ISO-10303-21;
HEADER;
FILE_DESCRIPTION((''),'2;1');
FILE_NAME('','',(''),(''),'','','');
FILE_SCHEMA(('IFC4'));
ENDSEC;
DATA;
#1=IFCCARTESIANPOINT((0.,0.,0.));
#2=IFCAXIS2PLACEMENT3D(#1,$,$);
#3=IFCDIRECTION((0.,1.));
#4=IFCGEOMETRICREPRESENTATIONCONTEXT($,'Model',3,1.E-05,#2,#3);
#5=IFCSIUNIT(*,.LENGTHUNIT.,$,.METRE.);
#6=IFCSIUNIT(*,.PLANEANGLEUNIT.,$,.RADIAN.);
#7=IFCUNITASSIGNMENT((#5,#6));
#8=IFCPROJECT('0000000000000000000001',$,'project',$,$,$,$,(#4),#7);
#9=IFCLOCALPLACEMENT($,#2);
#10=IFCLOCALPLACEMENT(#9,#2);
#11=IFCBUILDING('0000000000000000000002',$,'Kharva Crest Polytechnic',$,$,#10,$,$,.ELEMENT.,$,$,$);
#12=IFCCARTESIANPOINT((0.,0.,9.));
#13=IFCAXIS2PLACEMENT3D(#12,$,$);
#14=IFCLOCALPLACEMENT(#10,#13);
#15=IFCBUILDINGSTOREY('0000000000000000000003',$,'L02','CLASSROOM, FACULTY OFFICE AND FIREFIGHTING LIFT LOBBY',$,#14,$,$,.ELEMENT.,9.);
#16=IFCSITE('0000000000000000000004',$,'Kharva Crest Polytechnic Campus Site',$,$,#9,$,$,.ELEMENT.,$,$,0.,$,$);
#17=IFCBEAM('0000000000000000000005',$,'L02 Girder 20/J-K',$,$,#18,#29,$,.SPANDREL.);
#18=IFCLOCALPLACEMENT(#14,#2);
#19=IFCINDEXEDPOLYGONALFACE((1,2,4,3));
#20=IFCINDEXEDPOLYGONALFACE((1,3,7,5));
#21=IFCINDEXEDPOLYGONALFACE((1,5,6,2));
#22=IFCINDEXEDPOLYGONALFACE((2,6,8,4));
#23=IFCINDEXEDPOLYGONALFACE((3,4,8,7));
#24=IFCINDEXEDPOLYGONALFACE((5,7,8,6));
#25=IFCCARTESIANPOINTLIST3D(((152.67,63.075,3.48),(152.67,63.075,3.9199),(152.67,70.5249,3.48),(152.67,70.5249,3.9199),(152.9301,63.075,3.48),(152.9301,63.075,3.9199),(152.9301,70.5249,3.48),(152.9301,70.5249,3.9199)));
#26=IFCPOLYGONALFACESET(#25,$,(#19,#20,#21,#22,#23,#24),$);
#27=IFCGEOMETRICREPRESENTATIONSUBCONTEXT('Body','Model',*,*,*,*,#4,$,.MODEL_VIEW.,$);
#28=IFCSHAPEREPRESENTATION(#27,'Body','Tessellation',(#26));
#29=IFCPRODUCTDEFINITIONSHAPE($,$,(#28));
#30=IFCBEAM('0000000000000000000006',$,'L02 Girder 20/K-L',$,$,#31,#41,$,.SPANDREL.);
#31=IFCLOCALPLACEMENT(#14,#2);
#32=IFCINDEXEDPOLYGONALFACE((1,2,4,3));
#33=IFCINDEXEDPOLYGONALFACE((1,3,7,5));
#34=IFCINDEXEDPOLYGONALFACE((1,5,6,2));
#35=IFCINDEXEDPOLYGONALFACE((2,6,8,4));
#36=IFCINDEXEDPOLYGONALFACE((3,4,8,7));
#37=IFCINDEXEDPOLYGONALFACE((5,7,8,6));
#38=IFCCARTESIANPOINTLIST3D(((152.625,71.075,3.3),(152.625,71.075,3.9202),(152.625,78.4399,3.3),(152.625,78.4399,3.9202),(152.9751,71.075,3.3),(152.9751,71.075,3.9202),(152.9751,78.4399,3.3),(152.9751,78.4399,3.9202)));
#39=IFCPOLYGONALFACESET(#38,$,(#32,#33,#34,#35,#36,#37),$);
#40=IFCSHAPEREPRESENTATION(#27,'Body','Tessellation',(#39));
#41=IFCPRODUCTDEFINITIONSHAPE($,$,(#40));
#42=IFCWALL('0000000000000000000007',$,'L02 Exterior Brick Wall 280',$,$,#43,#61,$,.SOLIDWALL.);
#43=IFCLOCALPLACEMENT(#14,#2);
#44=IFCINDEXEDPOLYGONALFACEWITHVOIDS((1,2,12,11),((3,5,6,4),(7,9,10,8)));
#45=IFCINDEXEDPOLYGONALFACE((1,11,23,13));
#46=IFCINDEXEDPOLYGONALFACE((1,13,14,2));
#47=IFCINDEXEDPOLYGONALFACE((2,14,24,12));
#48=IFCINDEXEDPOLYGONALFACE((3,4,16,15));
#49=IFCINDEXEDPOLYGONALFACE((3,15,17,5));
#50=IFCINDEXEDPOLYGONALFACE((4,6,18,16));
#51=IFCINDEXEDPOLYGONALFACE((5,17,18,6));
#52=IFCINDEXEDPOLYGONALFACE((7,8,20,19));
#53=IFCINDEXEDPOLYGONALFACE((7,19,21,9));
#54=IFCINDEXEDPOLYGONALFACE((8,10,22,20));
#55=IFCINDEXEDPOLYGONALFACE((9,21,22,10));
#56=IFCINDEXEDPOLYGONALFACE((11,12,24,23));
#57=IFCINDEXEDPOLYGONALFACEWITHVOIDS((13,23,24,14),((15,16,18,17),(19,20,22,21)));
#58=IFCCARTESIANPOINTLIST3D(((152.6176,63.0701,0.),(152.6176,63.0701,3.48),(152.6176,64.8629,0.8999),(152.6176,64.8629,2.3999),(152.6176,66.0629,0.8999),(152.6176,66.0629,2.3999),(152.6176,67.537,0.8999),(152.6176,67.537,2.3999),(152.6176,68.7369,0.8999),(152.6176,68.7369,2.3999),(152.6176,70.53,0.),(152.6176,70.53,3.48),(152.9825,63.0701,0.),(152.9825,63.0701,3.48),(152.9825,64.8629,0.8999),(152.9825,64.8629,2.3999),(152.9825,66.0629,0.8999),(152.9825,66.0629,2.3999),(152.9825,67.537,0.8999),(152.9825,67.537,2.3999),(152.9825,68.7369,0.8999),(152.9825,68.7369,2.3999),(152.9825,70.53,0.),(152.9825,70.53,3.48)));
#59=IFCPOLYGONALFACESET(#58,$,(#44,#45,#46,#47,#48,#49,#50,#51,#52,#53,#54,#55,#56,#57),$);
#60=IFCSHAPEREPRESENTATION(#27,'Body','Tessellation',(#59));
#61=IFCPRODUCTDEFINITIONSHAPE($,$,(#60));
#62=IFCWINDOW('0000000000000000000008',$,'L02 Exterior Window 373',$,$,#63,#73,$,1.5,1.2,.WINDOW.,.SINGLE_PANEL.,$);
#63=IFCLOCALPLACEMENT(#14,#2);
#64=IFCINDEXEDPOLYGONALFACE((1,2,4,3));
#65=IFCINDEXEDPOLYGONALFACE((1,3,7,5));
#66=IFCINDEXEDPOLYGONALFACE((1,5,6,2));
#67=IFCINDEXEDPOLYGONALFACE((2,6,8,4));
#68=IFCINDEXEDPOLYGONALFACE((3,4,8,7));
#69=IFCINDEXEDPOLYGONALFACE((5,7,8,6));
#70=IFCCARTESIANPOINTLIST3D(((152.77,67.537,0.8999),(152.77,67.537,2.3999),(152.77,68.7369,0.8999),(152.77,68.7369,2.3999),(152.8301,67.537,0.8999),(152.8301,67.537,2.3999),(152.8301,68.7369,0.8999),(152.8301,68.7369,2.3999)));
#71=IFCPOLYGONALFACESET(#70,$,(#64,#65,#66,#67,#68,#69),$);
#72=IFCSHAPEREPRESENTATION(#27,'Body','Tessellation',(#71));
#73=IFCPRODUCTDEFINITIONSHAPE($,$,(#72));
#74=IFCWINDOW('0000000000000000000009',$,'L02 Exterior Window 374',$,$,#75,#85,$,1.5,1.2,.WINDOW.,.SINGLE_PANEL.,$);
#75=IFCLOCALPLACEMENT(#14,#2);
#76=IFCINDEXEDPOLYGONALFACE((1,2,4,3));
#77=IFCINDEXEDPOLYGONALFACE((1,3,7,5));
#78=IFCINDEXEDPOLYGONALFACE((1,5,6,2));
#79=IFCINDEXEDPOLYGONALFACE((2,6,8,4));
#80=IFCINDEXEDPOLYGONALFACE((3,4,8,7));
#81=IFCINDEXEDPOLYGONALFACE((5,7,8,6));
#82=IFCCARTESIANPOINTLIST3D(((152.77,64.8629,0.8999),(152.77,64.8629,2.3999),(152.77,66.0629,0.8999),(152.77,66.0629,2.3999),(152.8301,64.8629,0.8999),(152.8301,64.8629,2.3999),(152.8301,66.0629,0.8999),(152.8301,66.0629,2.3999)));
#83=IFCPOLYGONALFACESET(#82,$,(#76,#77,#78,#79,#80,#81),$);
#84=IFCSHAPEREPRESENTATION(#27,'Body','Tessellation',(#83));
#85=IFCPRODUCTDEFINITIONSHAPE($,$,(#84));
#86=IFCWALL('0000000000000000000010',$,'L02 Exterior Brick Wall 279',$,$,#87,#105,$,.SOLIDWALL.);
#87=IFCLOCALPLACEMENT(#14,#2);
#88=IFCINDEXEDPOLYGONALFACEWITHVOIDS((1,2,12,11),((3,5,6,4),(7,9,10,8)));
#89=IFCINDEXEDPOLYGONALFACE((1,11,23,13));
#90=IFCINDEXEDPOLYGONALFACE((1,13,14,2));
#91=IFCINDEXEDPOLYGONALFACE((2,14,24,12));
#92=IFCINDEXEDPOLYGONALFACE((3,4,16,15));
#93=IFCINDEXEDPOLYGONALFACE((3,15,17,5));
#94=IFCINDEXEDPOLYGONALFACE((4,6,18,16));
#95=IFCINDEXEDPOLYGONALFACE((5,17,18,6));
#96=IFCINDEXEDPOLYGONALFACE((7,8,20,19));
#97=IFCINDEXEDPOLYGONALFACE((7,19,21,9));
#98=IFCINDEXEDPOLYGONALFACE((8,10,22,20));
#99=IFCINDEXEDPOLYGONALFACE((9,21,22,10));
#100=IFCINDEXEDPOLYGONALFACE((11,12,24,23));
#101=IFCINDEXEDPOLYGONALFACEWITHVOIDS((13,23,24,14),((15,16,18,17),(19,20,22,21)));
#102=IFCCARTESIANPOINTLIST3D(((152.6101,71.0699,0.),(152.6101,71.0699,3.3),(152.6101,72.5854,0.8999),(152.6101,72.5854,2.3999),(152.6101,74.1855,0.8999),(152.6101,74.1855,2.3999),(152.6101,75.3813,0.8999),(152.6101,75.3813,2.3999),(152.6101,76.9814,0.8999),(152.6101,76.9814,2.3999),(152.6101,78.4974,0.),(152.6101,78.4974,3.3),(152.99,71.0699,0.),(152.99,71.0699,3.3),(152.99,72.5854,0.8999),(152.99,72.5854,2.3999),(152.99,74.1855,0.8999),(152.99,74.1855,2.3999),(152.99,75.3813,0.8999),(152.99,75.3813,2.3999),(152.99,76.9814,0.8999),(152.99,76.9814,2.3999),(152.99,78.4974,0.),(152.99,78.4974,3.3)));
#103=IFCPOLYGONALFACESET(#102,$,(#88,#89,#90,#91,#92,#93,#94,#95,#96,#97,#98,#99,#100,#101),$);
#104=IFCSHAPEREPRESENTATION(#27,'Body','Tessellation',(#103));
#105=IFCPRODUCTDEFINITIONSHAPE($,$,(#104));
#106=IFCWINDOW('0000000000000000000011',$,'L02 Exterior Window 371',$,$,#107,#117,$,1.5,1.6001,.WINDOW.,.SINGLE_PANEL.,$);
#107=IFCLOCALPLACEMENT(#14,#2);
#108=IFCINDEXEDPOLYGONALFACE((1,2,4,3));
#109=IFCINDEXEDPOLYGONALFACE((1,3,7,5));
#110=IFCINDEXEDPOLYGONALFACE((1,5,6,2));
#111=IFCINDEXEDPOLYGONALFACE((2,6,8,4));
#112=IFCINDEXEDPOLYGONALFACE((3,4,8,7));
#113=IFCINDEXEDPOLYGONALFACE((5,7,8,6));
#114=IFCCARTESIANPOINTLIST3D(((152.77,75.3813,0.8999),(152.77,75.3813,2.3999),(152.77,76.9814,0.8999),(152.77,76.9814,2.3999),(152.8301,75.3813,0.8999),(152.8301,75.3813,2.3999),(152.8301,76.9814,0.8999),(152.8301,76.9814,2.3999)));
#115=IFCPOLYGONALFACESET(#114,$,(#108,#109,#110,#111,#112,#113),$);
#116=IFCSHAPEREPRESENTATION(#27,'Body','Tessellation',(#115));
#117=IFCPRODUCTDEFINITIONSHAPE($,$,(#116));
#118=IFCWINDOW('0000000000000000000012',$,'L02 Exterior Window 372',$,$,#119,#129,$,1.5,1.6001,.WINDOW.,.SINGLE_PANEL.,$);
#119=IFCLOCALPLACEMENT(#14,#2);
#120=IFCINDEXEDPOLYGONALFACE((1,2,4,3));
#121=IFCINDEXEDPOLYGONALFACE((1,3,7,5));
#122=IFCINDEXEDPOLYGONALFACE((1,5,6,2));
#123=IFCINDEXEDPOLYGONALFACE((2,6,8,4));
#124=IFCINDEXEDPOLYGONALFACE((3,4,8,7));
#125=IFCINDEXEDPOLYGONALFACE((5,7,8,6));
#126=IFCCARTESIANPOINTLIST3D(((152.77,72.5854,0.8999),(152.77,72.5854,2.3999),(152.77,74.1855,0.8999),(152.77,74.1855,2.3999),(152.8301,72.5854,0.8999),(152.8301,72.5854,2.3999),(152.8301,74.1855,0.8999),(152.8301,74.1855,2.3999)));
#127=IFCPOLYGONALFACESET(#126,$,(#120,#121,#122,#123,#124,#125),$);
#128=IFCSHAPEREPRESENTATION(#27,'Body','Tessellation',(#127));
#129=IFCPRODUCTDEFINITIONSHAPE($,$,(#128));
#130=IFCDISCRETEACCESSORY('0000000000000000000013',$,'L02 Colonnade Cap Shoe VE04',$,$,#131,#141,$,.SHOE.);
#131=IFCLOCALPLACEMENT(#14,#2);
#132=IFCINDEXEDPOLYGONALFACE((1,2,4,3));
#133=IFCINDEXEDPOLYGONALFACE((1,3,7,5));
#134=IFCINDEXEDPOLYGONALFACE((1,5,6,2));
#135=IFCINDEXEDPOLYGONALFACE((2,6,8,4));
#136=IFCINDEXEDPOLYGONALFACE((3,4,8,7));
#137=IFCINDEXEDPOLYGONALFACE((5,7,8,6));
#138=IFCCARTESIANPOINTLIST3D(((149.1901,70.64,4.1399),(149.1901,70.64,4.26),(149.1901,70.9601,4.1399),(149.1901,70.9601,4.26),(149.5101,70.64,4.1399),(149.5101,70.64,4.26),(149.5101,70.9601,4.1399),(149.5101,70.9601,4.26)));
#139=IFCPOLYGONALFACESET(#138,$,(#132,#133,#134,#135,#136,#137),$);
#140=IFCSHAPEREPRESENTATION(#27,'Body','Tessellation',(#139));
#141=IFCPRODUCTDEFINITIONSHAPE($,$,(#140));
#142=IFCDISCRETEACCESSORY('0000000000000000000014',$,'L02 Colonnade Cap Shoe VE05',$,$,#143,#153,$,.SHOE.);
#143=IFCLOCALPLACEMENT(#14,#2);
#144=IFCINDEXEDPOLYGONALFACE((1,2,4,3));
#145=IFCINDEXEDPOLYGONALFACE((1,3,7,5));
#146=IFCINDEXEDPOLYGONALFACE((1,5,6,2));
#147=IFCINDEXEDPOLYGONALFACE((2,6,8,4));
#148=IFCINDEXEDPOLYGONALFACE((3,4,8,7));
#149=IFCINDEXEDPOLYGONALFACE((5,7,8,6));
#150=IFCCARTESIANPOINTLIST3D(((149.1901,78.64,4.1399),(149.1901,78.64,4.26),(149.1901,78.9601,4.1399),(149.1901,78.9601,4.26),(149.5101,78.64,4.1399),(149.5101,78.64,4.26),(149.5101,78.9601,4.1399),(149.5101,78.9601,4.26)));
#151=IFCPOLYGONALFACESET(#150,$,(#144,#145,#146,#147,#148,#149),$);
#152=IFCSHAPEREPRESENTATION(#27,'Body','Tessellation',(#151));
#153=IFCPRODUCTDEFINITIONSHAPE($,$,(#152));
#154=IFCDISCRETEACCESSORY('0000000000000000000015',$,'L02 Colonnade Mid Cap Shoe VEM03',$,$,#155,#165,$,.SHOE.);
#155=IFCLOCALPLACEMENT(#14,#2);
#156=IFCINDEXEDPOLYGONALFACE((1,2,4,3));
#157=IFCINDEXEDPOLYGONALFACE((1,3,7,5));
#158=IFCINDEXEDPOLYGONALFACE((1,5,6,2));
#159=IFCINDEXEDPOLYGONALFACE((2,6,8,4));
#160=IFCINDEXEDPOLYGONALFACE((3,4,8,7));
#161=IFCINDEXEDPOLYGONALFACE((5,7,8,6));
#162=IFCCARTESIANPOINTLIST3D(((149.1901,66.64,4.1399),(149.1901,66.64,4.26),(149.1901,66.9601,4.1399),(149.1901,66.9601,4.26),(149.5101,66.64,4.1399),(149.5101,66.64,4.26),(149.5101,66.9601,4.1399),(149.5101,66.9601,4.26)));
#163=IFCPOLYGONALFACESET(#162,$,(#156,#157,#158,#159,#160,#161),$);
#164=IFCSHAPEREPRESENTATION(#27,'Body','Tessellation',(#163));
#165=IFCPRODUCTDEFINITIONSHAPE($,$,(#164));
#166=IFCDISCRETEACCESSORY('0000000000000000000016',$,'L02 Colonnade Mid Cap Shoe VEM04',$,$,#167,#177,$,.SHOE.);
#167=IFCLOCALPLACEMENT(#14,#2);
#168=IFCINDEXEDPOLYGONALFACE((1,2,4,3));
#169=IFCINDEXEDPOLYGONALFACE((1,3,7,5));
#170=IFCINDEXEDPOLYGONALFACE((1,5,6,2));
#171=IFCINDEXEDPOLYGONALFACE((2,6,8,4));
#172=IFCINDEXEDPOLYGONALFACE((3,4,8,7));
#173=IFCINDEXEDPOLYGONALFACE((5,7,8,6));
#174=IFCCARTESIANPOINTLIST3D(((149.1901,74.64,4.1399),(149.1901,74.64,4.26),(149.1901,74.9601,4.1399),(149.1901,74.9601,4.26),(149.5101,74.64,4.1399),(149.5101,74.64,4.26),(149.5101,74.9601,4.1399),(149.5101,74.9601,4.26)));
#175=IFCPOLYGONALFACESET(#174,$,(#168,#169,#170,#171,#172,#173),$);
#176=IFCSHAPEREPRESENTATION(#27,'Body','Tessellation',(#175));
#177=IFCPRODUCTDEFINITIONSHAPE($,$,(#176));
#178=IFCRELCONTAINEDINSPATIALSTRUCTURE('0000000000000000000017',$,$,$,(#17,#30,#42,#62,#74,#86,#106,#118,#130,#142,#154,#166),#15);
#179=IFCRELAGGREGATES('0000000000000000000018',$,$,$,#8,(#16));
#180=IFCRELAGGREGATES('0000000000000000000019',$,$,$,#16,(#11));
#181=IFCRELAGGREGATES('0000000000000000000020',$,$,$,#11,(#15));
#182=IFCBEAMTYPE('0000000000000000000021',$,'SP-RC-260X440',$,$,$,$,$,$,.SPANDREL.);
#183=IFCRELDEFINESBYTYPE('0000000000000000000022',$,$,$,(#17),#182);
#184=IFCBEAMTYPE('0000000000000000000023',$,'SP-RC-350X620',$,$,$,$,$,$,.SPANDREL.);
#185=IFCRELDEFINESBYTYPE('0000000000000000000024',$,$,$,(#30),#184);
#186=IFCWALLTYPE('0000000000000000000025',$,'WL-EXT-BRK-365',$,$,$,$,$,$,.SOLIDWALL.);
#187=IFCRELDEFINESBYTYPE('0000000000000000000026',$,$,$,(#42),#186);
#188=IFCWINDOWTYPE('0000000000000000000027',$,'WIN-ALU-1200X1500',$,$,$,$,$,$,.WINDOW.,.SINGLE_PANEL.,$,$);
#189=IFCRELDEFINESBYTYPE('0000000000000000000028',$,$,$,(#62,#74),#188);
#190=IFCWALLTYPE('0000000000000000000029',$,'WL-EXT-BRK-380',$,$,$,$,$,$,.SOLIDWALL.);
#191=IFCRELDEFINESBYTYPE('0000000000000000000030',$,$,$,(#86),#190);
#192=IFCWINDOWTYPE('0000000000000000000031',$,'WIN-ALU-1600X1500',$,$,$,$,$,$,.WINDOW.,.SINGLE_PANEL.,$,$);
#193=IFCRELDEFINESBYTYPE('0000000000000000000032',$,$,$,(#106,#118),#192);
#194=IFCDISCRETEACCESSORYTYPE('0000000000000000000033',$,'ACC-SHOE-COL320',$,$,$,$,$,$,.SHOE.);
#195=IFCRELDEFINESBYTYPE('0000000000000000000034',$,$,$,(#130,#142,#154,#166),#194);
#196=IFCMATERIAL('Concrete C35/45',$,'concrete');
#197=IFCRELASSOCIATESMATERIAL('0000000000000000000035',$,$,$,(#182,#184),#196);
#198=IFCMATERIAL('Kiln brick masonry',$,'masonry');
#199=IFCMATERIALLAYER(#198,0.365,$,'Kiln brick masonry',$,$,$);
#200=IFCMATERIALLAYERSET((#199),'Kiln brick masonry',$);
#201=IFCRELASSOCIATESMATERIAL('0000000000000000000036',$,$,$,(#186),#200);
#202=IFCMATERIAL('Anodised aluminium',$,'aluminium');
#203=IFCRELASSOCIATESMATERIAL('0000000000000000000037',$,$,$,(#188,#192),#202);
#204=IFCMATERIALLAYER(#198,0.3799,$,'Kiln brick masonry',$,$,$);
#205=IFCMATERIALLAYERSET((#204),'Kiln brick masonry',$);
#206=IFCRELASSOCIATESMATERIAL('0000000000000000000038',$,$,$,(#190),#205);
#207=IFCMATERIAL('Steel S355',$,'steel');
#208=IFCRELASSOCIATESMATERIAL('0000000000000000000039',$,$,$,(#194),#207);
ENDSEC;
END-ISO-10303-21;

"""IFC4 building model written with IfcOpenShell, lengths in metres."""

from ifc_helpers import new_model, si_unit, direction, frame, frame_2d, origin, origin_2d, place, context, subcontext, project, spatial, rectangle, extrude, material, layer, layer_set, material_profile, profile_set, type_object, element, fill, save


model = new_model("IFC4")

# Units and contexts
model_context = context("Model", 3, precision=1e-05, world=origin(), true_north=direction((0.0, 1.0)))
body_context = subcontext(model_context, "Body", "Model", "MODEL_VIEW")
ifc_project = project(units=[si_unit("LENGTHUNIT", "METRE"), si_unit("PLANEANGLEUNIT", "RADIAN")], contexts=[model_context])

# Site, building, storey
site_placement = place(None, origin())
site = spatial("IfcSite", under=ifc_project, at=site_placement, Name="Kharva Crest Polytechnic Campus Site", CompositionType="ELEMENT", RefElevation=0.0)
building_placement = place(site_placement, origin())
building = spatial("IfcBuilding", under=site, at=building_placement, Name="Kharva Crest Polytechnic", CompositionType="ELEMENT")
storey_placement = place(building_placement, frame((0.0, 0.0, 9.0)))
storey = spatial("IfcBuildingStorey", under=building, at=storey_placement, Name="L02", Description="CLASSROOM, FACULTY OFFICE AND FIREFIGHTING LIFT LOBBY", CompositionType="ELEMENT", Elevation=9.0)

# Shared definitions
ifc_material_1 = material(Name="Steel S355", Category="steel")

# Beams
ifc_material_2 = material(Name="Concrete C35/45", Category="concrete")
ifc_material_profile_1 = material_profile(ifc_material_2, rectangle(XDim=0.26, YDim=0.4399, at=origin_2d()), Name="RECT 260 X 440")
ifc_profile_set_1 = profile_set([ifc_material_profile_1], Name="Concrete C35/45")
beam_type_1 = type_object("IfcBeamType", Name="SP-RC-260X440", PredefinedType="SPANDREL", material=ifc_profile_set_1)
beam_1_placement = place(storey_placement, frame((152.8, 63.075, 3.7), z_axis=(0.0, 1.0, 0.0), x_axis=(-1.0, 0.0, 0.0)))
element("IfcBeam", 1, at=beam_1_placement, inside=storey, type_object=beam_type_1, Name="L02 Girder 20/J-K", PredefinedType="SPANDREL", context=body_context, shape_type="SweptSolid", body=[
    extrude(rectangle(XDim=0.26, YDim=0.4399, at=origin_2d()), origin(), (0.0, 0.0, 1.0), 7.45),
])
ifc_material_profile_2 = material_profile(ifc_material_2, rectangle(XDim=0.3501, YDim=0.6201, at=origin_2d()), Name="RECT 350 X 620")
ifc_profile_set_2 = profile_set([ifc_material_profile_2], Name="Concrete C35/45")
beam_type_2 = type_object("IfcBeamType", Name="SP-RC-350X620", PredefinedType="SPANDREL", material=ifc_profile_set_2)
beam_2_placement = place(storey_placement, frame((152.8, 71.075, 3.6101), z_axis=(0.0, 1.0, 0.0), x_axis=(-1.0, 0.0, 0.0)))
element("IfcBeam", 2, at=beam_2_placement, inside=storey, type_object=beam_type_2, Name="L02 Girder 20/K-L", PredefinedType="SPANDREL", context=body_context, shape_type="SweptSolid", body=[
    extrude(rectangle(XDim=0.3501, YDim=0.6201, at=origin_2d()), origin(), (0.0, 0.0, 1.0), 7.365),
])

# Walls, openings, windows
ifc_material_3 = material(Name="Kiln brick masonry", Category="masonry")
ifc_layer_1 = layer(ifc_material_3, 0.365, Name="Kiln brick masonry")
ifc_layer_set_1 = layer_set([ifc_layer_1], Name="Kiln brick masonry")
wall_type_1 = type_object("IfcWallType", Name="WL-EXT-BRK-365", PredefinedType="SOLIDWALL", material=ifc_layer_set_1)
wall_1_placement = place(storey_placement, frame((152.8, 70.53, 0.0), z_axis=(0.0, 0.0, 1.0), x_axis=(0.0, -1.0, 0.0)))
wall_1 = element("IfcWall", 3, at=wall_1_placement, inside=storey, type_object=wall_type_1, Name="L02 Exterior Brick Wall 280", PredefinedType="SOLIDWALL", context=body_context, shape_type="SweptSolid", body=[
    extrude(rectangle(XDim=7.46, YDim=0.365, at=frame_2d((3.73, 0.0))), origin(), (0.0, 0.0, 1.0), 3.48),
])
opening_1_placement = place(wall_1_placement, frame((1.793, 0.0, 0.8999)))
opening_1 = element("IfcOpeningElement", 4, at=opening_1_placement, cuts=wall_1, PredefinedType="OPENING", context=body_context, shape_type="SweptSolid", body=[
    extrude(rectangle(XDim=1.2, YDim=1.5, at=frame_2d((0.6001, 0.75))), frame((0.0, 0.1924, 0.0), z_axis=(0.0, -1.0, 0.0), x_axis=(1.0, 0.0, 0.0)), (0.0, 0.0, 1.0), 0.385),
])
opening_2_placement = place(wall_1_placement, frame((4.467, 0.0, 0.8999)))
opening_2 = element("IfcOpeningElement", 5, at=opening_2_placement, cuts=wall_1, PredefinedType="OPENING", context=body_context, shape_type="SweptSolid", body=[
    extrude(rectangle(XDim=1.2, YDim=1.5, at=frame_2d((0.6001, 0.75))), frame((0.0, 0.1924, 0.0), z_axis=(0.0, -1.0, 0.0), x_axis=(1.0, 0.0, 0.0)), (0.0, 0.0, 1.0), 0.385),
])
ifc_material_4 = material(Name="Anodised aluminium", Category="aluminium")
window_type_1 = type_object("IfcWindowType", Name="WIN-ALU-1200X1500", PartitioningType="SINGLE_PANEL", PredefinedType="WINDOW", material=ifc_material_4)
window_1_placement = place(opening_1_placement, origin())
window_1 = element("IfcWindow", 6, at=window_1_placement, inside=storey, type_object=window_type_1, Name="L02 Exterior Window 373", OverallHeight=1.5, OverallWidth=1.2, PartitioningType="SINGLE_PANEL", PredefinedType="WINDOW", context=body_context, shape_type="SweptSolid", body=[
    extrude(rectangle(XDim=1.2, YDim=1.5, at=frame_2d((0.6001, 0.75))), frame((0.0, 0.03, 0.0), z_axis=(0.0, -1.0, 0.0), x_axis=(1.0, 0.0, 0.0)), (0.0, 0.0, 1.0), 0.0601),
])
fill(opening_1, window_1)
window_2_placement = place(opening_2_placement, origin())
window_2 = element("IfcWindow", 7, at=window_2_placement, inside=storey, type_object=window_type_1, Name="L02 Exterior Window 374", OverallHeight=1.5, OverallWidth=1.2, PartitioningType="SINGLE_PANEL", PredefinedType="WINDOW", context=body_context, shape_type="SweptSolid", body=[
    extrude(rectangle(XDim=1.2, YDim=1.5, at=frame_2d((0.6001, 0.75))), frame((0.0, 0.03, 0.0), z_axis=(0.0, -1.0, 0.0), x_axis=(1.0, 0.0, 0.0)), (0.0, 0.0, 1.0), 0.0601),
])
fill(opening_2, window_2)
ifc_layer_2 = layer(ifc_material_3, 0.3799, Name="Kiln brick masonry")
ifc_layer_set_2 = layer_set([ifc_layer_2], Name="Kiln brick masonry")
wall_type_2 = type_object("IfcWallType", Name="WL-EXT-BRK-380", PredefinedType="SOLIDWALL", material=ifc_layer_set_2)
wall_2_placement = place(storey_placement, frame((152.8, 78.4976, 0.0), z_axis=(0.0, 0.0, 1.0), x_axis=(0.0, -1.0, 0.0)))
wall_2 = element("IfcWall", 8, at=wall_2_placement, inside=storey, type_object=wall_type_2, Name="L02 Exterior Brick Wall 279", PredefinedType="SOLIDWALL", context=body_context, shape_type="SweptSolid", body=[
    extrude(rectangle(XDim=7.4275, YDim=0.3799, at=frame_2d((3.7139, 0.0))), origin(), (0.0, 0.0, 1.0), 3.3),
])
opening_3_placement = place(wall_2_placement, frame((1.5161, 0.0, 0.8999)))
opening_3 = element("IfcOpeningElement", 9, at=opening_3_placement, cuts=wall_2, PredefinedType="OPENING", context=body_context, shape_type="SweptSolid", body=[
    extrude(rectangle(XDim=1.6001, YDim=1.5, at=frame_2d((0.8, 0.75))), frame((0.0, 0.2, 0.0), z_axis=(0.0, -1.0, 0.0), x_axis=(1.0, 0.0, 0.0)), (0.0, 0.0, 1.0), 0.3999),
])
opening_4_placement = place(wall_2_placement, frame((4.312, 0.0, 0.8999)))
opening_4 = element("IfcOpeningElement", 10, at=opening_4_placement, cuts=wall_2, PredefinedType="OPENING", context=body_context, shape_type="SweptSolid", body=[
    extrude(rectangle(XDim=1.6001, YDim=1.5, at=frame_2d((0.8, 0.75))), frame((0.0, 0.2, 0.0), z_axis=(0.0, -1.0, 0.0), x_axis=(1.0, 0.0, 0.0)), (0.0, 0.0, 1.0), 0.3999),
])
window_type_2 = type_object("IfcWindowType", Name="WIN-ALU-1600X1500", PartitioningType="SINGLE_PANEL", PredefinedType="WINDOW", material=ifc_material_4)
window_3_placement = place(opening_3_placement, origin())
window_3 = element("IfcWindow", 11, at=window_3_placement, inside=storey, type_object=window_type_2, Name="L02 Exterior Window 371", OverallHeight=1.5, OverallWidth=1.6001, PartitioningType="SINGLE_PANEL", PredefinedType="WINDOW", context=body_context, shape_type="SweptSolid", body=[
    extrude(rectangle(XDim=1.6001, YDim=1.5, at=frame_2d((0.8, 0.75))), frame((0.0, 0.03, 0.0), z_axis=(0.0, -1.0, 0.0), x_axis=(1.0, 0.0, 0.0)), (0.0, 0.0, 1.0), 0.0601),
])
fill(opening_3, window_3)
window_4_placement = place(opening_4_placement, origin())
window_4 = element("IfcWindow", 12, at=window_4_placement, inside=storey, type_object=window_type_2, Name="L02 Exterior Window 372", OverallHeight=1.5, OverallWidth=1.6001, PartitioningType="SINGLE_PANEL", PredefinedType="WINDOW", context=body_context, shape_type="SweptSolid", body=[
    extrude(rectangle(XDim=1.6001, YDim=1.5, at=frame_2d((0.8, 0.75))), frame((0.0, 0.03, 0.0), z_axis=(0.0, -1.0, 0.0), x_axis=(1.0, 0.0, 0.0)), (0.0, 0.0, 1.0), 0.0601),
])
fill(opening_4, window_4)

# Discrete accessories
discrete_accessory_type = type_object("IfcDiscreteAccessoryType", Name="ACC-SHOE-COL320", PredefinedType="SHOE", material=ifc_material_1)
for number, where, z_axis, x_axis, name in (
    (13, (149.3501, 70.8, 4.1399), (0.0, 0.0, 1.0), (1.0, 0.0, 0.0), "L02 Colonnade Cap Shoe VE04"),
    (14, (149.3501, 78.8, 4.1399), (0.0, 0.0, 1.0), (1.0, 0.0, 0.0), "L02 Colonnade Cap Shoe VE05"),
    (15, (149.3501, 66.8, 4.1399), (0.0, 0.0, 1.0), (1.0, 0.0, 0.0), "L02 Colonnade Mid Cap Shoe VEM03"),
    (16, (149.3501, 74.8, 4.1399), (0.0, 0.0, 1.0), (1.0, 0.0, 0.0), "L02 Colonnade Mid Cap Shoe VEM04"),
):
    element("IfcDiscreteAccessory", number, at=place(storey_placement, frame(where, z_axis=z_axis, x_axis=x_axis)), inside=storey, type_object=discrete_accessory_type, Name=name, PredefinedType="SHOE", context=body_context, shape_type="SweptSolid", body=[
        extrude(rectangle(XDim=0.3201, YDim=0.3201, at=origin_2d()), origin(), (0.0, 0.0, 1.0), 0.1201),
    ])

save(model, "model.ifc")
